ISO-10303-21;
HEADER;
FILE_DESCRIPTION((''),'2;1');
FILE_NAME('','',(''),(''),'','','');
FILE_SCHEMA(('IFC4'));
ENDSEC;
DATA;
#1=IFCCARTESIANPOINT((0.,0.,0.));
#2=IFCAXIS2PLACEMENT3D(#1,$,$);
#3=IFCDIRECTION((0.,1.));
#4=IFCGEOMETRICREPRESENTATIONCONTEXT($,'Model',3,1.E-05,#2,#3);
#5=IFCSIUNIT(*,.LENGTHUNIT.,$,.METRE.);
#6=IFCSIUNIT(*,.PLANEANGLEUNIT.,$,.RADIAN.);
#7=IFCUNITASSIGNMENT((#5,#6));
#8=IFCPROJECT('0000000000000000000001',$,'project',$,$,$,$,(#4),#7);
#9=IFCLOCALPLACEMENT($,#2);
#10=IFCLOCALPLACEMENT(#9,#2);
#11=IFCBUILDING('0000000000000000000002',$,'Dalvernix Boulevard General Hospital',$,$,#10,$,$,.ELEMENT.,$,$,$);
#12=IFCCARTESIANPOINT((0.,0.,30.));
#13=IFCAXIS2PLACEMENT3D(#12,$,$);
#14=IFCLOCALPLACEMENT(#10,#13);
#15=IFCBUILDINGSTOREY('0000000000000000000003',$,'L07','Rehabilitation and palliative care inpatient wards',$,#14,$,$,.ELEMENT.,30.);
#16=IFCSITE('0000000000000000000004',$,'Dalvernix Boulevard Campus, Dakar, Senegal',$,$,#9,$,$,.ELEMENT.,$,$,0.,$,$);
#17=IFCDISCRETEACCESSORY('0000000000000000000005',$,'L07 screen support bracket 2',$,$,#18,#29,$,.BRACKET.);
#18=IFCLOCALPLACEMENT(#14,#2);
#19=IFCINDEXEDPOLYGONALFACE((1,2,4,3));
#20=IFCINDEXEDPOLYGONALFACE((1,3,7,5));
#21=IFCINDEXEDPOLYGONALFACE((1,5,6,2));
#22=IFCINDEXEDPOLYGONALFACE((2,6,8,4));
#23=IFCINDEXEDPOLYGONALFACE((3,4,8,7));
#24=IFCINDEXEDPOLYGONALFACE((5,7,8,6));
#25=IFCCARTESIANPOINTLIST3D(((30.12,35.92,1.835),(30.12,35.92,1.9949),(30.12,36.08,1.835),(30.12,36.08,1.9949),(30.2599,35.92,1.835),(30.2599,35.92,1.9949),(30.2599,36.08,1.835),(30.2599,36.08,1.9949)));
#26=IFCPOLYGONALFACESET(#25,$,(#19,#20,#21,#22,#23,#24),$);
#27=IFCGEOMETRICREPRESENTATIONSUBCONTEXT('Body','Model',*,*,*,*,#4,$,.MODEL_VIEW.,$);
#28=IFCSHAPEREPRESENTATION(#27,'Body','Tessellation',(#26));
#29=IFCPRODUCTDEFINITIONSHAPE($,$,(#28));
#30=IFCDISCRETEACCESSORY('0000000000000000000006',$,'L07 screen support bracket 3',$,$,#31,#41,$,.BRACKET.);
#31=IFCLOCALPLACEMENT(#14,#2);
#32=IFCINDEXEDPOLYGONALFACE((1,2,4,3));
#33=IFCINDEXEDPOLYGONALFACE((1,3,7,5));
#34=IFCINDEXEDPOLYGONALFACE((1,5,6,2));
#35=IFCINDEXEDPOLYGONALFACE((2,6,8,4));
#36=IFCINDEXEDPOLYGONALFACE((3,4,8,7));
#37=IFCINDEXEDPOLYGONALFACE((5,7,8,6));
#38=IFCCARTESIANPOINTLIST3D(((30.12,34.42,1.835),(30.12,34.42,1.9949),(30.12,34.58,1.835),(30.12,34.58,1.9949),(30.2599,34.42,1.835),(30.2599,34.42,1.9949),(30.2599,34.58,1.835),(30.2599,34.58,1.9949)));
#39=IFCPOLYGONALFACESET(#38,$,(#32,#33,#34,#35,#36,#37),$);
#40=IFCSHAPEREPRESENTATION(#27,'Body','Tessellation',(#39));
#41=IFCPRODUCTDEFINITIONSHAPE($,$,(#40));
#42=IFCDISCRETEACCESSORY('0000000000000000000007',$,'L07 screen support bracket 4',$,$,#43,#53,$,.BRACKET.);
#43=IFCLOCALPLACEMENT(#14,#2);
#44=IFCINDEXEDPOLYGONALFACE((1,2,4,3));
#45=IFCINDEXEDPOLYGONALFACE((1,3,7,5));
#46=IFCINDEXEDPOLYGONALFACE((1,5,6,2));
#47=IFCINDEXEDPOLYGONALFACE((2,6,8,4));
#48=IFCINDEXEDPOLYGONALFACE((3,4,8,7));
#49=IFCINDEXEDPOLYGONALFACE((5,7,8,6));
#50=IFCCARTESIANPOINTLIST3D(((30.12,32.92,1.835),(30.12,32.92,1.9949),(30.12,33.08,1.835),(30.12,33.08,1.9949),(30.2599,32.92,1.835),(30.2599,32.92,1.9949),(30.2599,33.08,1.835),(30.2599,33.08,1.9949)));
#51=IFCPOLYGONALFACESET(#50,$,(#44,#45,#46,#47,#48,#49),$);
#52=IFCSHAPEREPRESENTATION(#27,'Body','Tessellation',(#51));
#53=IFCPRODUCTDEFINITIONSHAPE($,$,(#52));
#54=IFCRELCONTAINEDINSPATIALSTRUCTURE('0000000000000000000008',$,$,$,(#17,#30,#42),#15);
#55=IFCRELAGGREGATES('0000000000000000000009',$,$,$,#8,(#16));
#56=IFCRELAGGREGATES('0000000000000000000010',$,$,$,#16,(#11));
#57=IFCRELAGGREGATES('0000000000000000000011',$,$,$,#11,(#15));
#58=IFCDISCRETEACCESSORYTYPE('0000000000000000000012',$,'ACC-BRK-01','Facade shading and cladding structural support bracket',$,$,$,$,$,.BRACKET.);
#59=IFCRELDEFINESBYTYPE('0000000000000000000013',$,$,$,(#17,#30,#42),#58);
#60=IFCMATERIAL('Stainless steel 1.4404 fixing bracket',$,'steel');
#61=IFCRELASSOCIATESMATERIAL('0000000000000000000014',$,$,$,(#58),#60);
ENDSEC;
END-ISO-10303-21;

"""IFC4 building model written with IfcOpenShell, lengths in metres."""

from ifc_helpers import new_model, si_unit, direction, frame, origin, origin_2d, place, context, subcontext, project, spatial, rectangle, extrude, material, type_object, element, save


model = new_model("IFC4")

# Units and contexts
model_context = context("Model", 3, precision=1e-05, world=origin(), true_north=direction((0.0, 1.0)))
body_context = subcontext(model_context, "Body", "Model", "MODEL_VIEW")
ifc_project = project(units=[si_unit("LENGTHUNIT", "METRE"), si_unit("PLANEANGLEUNIT", "RADIAN")], contexts=[model_context])

# Site, building, storey
site_placement = place(None, origin())
site = spatial("IfcSite", under=ifc_project, at=site_placement, Name="Dalvernix Boulevard Campus, Dakar, Senegal", CompositionType="ELEMENT", RefElevation=0.0)
building_placement = place(site_placement, origin())
building = spatial("IfcBuilding", under=site, at=building_placement, Name="Dalvernix Boulevard General Hospital", CompositionType="ELEMENT")
storey_placement = place(building_placement, frame((0.0, 0.0, 30.0)))
storey = spatial("IfcBuildingStorey", under=building, at=storey_placement, Name="L07", Description="Rehabilitation and palliative care inpatient wards", CompositionType="ELEMENT", Elevation=30.0)

# Discrete accessories
ifc_material_1 = material(Name="Stainless steel 1.4404 fixing bracket", Category="steel")
discrete_accessory_type = type_object("IfcDiscreteAccessoryType", Name="ACC-BRK-01", Description="Facade shading and cladding structural support bracket", PredefinedType="BRACKET", material=ifc_material_1)
for number, where, z_axis, x_axis, name in (
    (1, (30.1899, 36.0, 1.835), (0.0, 0.0, 1.0), (0.0, -1.0, 0.0), "L07 screen support bracket 2"),
    (2, (30.1899, 34.5, 1.835), (0.0, 0.0, 1.0), (0.0, -1.0, 0.0), "L07 screen support bracket 3"),
    (3, (30.1899, 33.0, 1.835), (0.0, 0.0, 1.0), (0.0, -1.0, 0.0), "L07 screen support bracket 4"),
):
    element("IfcDiscreteAccessory", number, at=place(storey_placement, frame(where, z_axis=z_axis, x_axis=x_axis)), inside=storey, type_object=discrete_accessory_type, Name=name, PredefinedType="BRACKET", context=body_context, shape_type="SweptSolid", body=[
        extrude(rectangle(XDim=0.1599, YDim=0.1399, at=origin_2d()), origin(), (0.0, 0.0, 1.0), 0.1599),
    ])

save(model, "model.ifc")
